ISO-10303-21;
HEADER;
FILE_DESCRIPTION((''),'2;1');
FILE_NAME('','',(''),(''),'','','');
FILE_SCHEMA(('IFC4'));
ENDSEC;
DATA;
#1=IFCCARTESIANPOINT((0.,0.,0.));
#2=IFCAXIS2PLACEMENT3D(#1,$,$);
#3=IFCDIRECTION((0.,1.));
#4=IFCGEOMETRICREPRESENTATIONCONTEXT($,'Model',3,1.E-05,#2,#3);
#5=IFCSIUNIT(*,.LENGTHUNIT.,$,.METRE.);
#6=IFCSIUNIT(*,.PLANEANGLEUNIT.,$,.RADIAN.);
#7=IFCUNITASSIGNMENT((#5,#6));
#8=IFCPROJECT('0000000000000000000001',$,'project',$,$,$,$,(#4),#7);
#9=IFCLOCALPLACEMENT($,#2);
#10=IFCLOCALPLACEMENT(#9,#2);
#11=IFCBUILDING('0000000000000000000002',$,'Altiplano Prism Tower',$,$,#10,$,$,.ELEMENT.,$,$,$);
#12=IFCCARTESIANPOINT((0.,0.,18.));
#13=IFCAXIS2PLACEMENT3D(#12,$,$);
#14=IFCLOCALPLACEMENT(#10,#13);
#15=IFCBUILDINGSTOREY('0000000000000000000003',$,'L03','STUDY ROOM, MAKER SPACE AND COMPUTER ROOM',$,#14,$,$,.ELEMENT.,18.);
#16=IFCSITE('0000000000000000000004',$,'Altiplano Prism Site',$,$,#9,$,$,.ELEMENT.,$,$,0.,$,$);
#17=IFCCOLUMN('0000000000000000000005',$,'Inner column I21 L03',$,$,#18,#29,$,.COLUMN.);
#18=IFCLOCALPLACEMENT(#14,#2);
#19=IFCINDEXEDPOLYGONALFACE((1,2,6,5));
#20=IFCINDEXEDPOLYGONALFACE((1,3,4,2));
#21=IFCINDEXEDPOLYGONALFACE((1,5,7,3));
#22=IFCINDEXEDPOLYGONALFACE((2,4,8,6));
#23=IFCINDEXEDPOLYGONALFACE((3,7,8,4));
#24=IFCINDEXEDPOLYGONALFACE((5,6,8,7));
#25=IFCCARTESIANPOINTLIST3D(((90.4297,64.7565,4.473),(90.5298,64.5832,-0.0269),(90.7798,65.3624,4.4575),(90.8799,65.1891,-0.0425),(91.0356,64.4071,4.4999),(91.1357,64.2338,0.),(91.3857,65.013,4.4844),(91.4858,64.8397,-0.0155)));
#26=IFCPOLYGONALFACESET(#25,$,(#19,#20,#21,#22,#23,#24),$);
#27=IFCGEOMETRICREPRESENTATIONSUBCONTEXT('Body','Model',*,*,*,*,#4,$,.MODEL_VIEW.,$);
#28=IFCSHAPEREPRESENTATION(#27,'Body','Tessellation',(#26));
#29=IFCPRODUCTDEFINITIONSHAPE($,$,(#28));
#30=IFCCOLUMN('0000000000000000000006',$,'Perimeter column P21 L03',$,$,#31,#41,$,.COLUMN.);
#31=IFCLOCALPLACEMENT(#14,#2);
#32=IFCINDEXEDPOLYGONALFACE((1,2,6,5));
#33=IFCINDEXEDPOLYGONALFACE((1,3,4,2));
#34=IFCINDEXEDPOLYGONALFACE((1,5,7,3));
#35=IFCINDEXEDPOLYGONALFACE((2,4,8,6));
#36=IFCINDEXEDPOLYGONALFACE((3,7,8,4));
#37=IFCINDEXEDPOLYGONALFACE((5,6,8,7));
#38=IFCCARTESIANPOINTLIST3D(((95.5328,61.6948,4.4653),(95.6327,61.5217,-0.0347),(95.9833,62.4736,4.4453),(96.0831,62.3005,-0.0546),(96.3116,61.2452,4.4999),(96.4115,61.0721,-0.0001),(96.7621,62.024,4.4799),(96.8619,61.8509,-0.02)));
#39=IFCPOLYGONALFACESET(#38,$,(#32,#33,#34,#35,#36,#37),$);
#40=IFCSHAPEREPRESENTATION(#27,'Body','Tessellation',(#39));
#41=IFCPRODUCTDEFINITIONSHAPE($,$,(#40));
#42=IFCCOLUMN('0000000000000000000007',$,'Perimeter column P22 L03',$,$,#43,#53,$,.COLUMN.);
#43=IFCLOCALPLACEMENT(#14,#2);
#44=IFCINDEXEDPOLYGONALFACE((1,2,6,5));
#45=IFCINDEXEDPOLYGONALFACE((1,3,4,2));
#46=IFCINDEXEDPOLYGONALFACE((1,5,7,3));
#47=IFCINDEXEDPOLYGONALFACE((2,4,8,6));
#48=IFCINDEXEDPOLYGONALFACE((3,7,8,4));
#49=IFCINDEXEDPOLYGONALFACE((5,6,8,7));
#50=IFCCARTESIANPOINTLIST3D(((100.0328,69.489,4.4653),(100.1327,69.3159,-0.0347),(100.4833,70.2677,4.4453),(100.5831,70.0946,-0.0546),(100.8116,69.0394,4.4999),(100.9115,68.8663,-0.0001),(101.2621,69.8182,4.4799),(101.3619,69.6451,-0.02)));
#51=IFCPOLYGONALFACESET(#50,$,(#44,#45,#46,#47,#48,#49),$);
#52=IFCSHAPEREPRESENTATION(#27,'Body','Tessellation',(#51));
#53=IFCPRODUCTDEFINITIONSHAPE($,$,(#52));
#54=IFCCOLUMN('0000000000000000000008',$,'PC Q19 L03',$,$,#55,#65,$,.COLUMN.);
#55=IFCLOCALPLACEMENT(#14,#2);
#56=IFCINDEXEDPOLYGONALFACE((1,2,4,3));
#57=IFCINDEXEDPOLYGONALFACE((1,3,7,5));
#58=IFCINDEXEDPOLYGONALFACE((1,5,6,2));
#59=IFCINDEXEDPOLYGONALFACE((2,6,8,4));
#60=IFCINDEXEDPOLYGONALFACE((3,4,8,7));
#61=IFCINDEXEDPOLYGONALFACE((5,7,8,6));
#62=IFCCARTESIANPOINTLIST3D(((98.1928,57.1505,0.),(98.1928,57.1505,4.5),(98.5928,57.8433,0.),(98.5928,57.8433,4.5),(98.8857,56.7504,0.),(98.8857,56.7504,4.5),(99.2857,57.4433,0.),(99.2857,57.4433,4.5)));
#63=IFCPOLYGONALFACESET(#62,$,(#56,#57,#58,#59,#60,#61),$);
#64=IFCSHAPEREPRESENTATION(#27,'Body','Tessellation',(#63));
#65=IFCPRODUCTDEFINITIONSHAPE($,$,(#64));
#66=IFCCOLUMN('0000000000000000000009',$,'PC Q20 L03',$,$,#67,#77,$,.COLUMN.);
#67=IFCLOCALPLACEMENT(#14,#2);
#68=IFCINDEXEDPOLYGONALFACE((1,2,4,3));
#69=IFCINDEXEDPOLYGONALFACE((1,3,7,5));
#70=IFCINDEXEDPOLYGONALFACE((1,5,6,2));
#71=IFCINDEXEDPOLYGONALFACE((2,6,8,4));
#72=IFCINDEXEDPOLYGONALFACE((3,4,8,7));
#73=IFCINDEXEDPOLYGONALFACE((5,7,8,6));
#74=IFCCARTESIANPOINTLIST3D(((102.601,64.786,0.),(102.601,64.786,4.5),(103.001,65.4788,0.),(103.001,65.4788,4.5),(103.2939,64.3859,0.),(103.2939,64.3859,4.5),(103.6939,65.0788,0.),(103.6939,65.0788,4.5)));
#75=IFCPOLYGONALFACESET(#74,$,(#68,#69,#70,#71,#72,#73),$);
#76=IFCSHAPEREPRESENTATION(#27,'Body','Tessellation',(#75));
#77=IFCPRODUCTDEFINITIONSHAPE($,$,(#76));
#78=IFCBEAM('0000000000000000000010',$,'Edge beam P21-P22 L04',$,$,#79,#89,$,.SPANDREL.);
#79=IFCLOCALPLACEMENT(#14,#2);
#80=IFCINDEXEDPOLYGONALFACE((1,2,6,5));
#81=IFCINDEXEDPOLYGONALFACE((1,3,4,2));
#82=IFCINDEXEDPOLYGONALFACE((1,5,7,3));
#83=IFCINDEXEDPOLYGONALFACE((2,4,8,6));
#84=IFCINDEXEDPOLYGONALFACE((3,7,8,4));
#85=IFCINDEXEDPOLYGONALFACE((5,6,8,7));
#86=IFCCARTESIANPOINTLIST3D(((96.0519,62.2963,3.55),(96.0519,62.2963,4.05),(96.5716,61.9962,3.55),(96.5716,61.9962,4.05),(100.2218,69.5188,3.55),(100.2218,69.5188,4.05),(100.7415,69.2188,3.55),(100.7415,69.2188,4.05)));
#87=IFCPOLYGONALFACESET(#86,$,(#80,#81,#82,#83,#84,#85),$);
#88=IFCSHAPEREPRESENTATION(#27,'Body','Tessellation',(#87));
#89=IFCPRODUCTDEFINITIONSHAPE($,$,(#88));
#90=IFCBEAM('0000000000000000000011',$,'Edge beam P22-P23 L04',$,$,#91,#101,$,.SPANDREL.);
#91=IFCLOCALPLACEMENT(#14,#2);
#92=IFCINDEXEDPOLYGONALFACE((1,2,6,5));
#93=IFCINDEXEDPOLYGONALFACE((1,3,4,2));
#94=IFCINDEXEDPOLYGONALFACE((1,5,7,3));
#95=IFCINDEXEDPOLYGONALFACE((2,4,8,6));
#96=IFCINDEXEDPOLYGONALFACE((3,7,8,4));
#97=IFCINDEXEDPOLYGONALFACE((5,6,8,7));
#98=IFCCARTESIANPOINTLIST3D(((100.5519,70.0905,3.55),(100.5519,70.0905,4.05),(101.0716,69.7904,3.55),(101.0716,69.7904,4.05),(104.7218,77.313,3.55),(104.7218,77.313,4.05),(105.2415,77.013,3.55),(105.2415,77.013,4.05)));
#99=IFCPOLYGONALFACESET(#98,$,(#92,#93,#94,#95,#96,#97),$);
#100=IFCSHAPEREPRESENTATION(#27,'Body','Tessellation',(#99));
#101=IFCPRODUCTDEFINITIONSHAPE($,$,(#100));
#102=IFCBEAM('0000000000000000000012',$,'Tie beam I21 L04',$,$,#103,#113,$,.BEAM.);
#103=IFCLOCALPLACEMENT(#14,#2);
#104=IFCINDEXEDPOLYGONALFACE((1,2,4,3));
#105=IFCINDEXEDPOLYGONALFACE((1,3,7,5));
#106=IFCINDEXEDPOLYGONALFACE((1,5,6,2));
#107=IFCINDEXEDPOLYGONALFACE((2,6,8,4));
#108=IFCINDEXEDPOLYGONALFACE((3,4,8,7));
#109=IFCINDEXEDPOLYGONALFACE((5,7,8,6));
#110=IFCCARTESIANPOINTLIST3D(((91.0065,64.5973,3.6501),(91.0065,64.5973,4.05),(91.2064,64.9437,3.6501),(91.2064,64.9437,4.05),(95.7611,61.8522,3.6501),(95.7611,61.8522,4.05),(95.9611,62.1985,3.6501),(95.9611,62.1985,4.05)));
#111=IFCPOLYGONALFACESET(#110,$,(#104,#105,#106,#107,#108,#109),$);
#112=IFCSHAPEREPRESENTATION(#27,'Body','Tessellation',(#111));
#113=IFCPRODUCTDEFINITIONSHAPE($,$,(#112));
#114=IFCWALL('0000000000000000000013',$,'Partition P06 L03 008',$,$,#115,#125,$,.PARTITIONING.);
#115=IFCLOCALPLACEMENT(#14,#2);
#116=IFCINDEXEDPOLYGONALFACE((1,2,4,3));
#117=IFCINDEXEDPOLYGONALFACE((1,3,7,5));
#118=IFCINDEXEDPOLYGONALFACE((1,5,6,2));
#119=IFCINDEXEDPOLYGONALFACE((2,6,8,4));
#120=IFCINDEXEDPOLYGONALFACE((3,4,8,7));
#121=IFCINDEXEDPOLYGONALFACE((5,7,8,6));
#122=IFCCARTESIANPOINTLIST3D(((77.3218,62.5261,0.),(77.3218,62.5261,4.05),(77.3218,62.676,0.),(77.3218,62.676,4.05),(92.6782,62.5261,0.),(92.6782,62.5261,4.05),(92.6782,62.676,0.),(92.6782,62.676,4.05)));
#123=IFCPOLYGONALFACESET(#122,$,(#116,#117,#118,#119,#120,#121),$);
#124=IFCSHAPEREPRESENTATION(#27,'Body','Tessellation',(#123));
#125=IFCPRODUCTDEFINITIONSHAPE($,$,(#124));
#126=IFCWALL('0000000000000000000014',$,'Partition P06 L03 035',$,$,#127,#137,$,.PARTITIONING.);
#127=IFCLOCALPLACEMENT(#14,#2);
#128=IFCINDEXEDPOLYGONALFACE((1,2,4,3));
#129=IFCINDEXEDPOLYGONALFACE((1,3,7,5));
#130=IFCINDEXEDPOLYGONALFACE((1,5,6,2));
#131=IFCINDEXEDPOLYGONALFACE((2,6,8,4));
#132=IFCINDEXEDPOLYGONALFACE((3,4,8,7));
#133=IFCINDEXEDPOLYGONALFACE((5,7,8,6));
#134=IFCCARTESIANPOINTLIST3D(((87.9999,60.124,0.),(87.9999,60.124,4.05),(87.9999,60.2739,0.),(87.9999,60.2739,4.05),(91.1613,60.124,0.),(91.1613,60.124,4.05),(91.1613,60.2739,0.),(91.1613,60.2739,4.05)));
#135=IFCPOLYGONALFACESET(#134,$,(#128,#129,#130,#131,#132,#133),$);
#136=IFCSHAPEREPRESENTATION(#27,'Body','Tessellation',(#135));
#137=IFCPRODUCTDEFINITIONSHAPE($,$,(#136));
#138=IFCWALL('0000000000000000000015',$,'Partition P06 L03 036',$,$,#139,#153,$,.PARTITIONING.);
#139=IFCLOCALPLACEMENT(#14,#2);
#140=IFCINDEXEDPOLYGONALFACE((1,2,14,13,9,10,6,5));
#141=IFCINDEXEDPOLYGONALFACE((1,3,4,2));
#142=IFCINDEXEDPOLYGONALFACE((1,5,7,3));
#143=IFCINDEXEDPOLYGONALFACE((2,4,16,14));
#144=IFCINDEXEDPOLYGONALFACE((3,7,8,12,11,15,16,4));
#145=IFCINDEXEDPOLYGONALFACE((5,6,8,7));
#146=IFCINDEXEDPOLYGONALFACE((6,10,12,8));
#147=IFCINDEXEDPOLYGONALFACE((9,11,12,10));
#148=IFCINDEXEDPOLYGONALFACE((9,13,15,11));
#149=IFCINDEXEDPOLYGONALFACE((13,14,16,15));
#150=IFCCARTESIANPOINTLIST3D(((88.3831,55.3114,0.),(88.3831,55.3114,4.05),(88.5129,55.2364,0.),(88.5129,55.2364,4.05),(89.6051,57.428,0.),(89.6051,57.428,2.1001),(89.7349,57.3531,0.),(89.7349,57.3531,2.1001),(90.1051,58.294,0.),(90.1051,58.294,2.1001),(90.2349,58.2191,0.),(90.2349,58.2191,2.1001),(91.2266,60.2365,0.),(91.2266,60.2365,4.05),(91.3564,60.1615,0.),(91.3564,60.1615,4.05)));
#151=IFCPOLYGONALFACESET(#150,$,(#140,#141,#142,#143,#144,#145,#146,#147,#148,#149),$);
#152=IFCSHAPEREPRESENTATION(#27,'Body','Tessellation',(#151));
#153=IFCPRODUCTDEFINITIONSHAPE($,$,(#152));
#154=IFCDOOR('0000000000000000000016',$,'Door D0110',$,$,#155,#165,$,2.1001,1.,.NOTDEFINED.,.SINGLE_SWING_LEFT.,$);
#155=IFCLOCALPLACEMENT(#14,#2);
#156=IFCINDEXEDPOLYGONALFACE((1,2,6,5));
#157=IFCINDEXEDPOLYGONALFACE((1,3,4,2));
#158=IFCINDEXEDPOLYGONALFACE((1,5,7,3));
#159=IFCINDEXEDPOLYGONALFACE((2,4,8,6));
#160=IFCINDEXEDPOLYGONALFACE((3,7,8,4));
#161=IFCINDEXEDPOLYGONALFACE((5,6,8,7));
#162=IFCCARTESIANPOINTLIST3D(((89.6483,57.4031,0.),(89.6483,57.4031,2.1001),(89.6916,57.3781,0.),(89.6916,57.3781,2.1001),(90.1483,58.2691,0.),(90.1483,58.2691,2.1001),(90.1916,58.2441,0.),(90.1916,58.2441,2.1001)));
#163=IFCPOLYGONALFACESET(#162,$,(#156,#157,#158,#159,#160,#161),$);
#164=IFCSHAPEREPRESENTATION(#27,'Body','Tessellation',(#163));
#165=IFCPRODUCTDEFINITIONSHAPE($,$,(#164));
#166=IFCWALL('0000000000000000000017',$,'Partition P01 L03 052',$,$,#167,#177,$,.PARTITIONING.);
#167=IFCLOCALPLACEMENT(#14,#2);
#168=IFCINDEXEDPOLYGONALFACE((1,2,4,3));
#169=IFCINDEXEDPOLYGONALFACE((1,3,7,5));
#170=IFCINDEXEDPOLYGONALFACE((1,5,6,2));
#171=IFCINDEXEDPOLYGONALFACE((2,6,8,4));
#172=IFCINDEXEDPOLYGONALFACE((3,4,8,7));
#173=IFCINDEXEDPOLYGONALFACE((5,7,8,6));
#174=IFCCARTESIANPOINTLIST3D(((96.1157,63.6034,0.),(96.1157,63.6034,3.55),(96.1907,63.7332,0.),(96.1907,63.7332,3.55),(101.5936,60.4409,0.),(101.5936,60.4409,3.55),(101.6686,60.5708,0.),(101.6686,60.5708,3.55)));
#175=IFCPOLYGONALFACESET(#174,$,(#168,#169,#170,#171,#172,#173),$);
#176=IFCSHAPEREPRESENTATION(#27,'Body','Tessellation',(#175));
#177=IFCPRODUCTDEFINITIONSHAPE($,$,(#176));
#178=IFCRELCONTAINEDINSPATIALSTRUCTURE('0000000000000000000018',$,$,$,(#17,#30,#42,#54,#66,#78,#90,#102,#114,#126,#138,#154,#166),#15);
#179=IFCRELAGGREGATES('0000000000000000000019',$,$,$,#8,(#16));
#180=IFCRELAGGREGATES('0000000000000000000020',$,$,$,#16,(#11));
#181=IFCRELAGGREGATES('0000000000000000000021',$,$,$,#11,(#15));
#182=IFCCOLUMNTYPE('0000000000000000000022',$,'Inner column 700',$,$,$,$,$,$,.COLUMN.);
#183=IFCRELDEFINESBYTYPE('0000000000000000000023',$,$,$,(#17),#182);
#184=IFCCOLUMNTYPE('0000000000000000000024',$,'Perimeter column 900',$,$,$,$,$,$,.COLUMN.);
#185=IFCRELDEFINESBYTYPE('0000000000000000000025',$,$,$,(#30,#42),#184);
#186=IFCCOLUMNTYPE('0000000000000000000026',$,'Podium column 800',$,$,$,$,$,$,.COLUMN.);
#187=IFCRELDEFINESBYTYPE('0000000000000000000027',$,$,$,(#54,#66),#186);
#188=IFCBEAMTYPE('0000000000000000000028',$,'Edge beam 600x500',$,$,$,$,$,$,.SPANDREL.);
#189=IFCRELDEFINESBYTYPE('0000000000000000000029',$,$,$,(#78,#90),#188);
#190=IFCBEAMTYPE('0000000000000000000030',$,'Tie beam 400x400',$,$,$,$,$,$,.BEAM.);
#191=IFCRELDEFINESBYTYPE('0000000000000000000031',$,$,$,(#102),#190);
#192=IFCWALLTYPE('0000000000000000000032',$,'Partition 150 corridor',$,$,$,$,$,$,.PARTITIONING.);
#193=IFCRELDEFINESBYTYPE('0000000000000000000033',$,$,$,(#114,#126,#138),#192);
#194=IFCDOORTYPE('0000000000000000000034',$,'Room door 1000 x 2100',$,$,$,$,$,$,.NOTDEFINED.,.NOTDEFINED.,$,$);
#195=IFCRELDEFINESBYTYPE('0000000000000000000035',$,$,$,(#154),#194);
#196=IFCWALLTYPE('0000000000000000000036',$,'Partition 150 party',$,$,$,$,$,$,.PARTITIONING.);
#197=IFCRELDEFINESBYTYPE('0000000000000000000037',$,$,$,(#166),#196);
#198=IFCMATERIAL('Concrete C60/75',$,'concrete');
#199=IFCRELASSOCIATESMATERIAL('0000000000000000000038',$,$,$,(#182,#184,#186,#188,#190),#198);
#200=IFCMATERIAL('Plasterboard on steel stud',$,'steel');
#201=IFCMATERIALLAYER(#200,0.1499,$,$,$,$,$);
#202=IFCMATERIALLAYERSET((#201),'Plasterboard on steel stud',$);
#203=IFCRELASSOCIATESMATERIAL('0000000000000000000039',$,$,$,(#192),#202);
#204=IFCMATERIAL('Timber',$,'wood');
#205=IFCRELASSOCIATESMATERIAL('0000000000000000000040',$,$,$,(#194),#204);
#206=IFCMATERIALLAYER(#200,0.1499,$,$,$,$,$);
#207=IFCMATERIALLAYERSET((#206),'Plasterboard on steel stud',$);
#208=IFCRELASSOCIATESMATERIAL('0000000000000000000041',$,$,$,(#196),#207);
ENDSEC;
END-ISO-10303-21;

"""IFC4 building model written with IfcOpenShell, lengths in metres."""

from ifc_helpers import new_model, si_unit, direction, frame, frame_2d, origin, origin_2d, place, context, subcontext, project, spatial, rectangle, extrude, material, layer, layer_set, material_profile, profile_set, type_object, element, fill, save


model = new_model("IFC4")

# Units and contexts
model_context = context("Model", 3, precision=1e-05, world=origin(), true_north=direction((0.0, 1.0)))
body_context = subcontext(model_context, "Body", "Model", "MODEL_VIEW")
ifc_project = project(units=[si_unit("LENGTHUNIT", "METRE"), si_unit("PLANEANGLEUNIT", "RADIAN")], contexts=[model_context])

# Site, building, storey
site_placement = place(None, origin())
site = spatial("IfcSite", under=ifc_project, at=site_placement, Name="Altiplano Prism Site", CompositionType="ELEMENT", RefElevation=0.0)
building_placement = place(site_placement, origin())
building = spatial("IfcBuilding", under=site, at=building_placement, Name="Altiplano Prism Tower", CompositionType="ELEMENT")
storey_placement = place(building_placement, frame((0.0, 0.0, 18.0)))
storey = spatial("IfcBuildingStorey", under=building, at=storey_placement, Name="L03", Description="STUDY ROOM, MAKER SPACE AND COMPUTER ROOM", CompositionType="ELEMENT", Elevation=18.0)

# Columns
ifc_material_1 = material(Name="Concrete C60/75", Category="concrete")
ifc_material_profile_1 = material_profile(ifc_material_1, rectangle(XDim=0.7, YDim=0.7, at=origin_2d()), Name="Inner column 700")
ifc_profile_set_1 = profile_set([ifc_material_profile_1], Name="Concrete C60/75")
column_type_1 = type_object("IfcColumnType", Name="Inner column 700", PredefinedType="COLUMN", material=ifc_profile_set_1)
column_placement = place(storey_placement, frame((91.0078, 64.7114, -0.0212), z_axis=(-0.022222, 0.038482, 0.999012), x_axis=(-0.500172, -0.865641, 0.022219)))
element("IfcColumn", 1, at=column_placement, inside=storey, type_object=column_type_1, Name="Inner column I21 L03", PredefinedType="COLUMN", context=body_context, shape_type="SweptSolid", body=[
    extrude(rectangle(XDim=0.7, YDim=0.7, at=origin_2d()), origin(), (0.0, 0.0, 1.0), 4.5044),
])
ifc_material_profile_2 = material_profile(ifc_material_1, rectangle(XDim=0.8999, YDim=0.8999, at=origin_2d()), Name="Perimeter column 900")
ifc_profile_set_2 = profile_set([ifc_material_profile_2], Name="Concrete C60/75")
column_type_2 = type_object("IfcColumnType", Name="Perimeter column 900", PredefinedType="COLUMN", material=ifc_profile_set_2)
for number, where, z_axis, x_axis, name in (
    (2, (96.2473, 61.6863, -0.0273), (-0.022168, 0.038428, 0.999015), (-0.500558, -0.865419, 0.022182), "Perimeter column P21 L03"),
    (3, (100.7473, 69.4805, -0.0273), (-0.022168, 0.038428, 0.999015), (-0.500564, -0.865416, 0.022181), "Perimeter column P22 L03"),
):
    element("IfcColumn", number, at=place(storey_placement, frame(where, z_axis=z_axis, x_axis=x_axis)), inside=storey, type_object=column_type_2, Name=name, PredefinedType="COLUMN", context=body_context, shape_type="SweptSolid", body=[
        extrude(rectangle(XDim=0.8999, YDim=0.8999, at=origin_2d()), origin(), (0.0, 0.0, 1.0), 4.5044),
    ])
ifc_material_profile_3 = material_profile(ifc_material_1, rectangle(XDim=0.8, YDim=0.8, at=origin_2d()), Name="Podium column 800")
ifc_profile_set_3 = profile_set([ifc_material_profile_3], Name="Concrete C60/75")
column_type_3 = type_object("IfcColumnType", Name="Podium column 800", PredefinedType="COLUMN", material=ifc_profile_set_3)
for number, where, z_axis, x_axis, name in (
    (4, (98.7393, 57.2969, 0.0), (0.0, 0.0, 1.0), (0.5, 0.866025, 0.0), "PC Q19 L03"),
    (5, (103.1475, 64.9324, 0.0), (0.0, 0.0, 1.0), (0.5, 0.866025, 0.0), "PC Q20 L03"),
):
    element("IfcColumn", number, at=place(storey_placement, frame(where, z_axis=z_axis, x_axis=x_axis)), inside=storey, type_object=column_type_3, Name=name, PredefinedType="COLUMN", context=body_context, shape_type="SweptSolid", body=[
        extrude(rectangle(XDim=0.8, YDim=0.8, at=origin_2d()), origin(), (0.0, 0.0, 1.0), 4.5),
    ])

# Beams
ifc_material_profile_4 = material_profile(ifc_material_1, rectangle(XDim=0.6001, YDim=0.5, at=origin_2d()), Name="Edge beam 600x500")
ifc_profile_set_4 = profile_set([ifc_material_profile_4], Name="Concrete C60/75")
beam_type_1 = type_object("IfcBeamType", Name="Edge beam 600x500", PredefinedType="SPANDREL", material=ifc_profile_set_4)
for number, where, z_axis, x_axis, name in (
    (6, (96.3118, 62.1462, 3.8), (0.499993, 0.86603, 0.0), (-0.86603, 0.499993, 0.0), "Edge beam P21-P22 L04"),
    (7, (100.8118, 69.9404, 3.8), (0.499993, 0.86603, 0.0), (-0.86603, 0.499993, 0.0), "Edge beam P22-P23 L04"),
):
    element("IfcBeam", number, at=place(storey_placement, frame(where, z_axis=z_axis, x_axis=x_axis)), inside=storey, type_object=beam_type_1, Name=name, PredefinedType="SPANDREL", context=body_context, shape_type="SweptSolid", body=[
        extrude(rectangle(XDim=0.6001, YDim=0.5, at=origin_2d()), origin(), (0.0, 0.0, 1.0), 8.3398),
    ])
ifc_material_profile_5 = material_profile(ifc_material_1, rectangle(XDim=0.3999, YDim=0.3999, at=origin_2d()), Name="Tie beam 400x400")
ifc_profile_set_5 = profile_set([ifc_material_profile_5], Name="Concrete C60/75")
beam_type_2 = type_object("IfcBeamType", Name="Tie beam 400x400", PredefinedType="BEAM", material=ifc_profile_set_5)
beam_placement = place(storey_placement, frame((91.1064, 64.7705, 3.8501), z_axis=(0.866023, -0.500003, 0.0), x_axis=(0.500003, 0.866023, 0.0)))
element("IfcBeam", 8, at=beam_placement, inside=storey, type_object=beam_type_2, Name="Tie beam I21 L04", PredefinedType="BEAM", context=body_context, shape_type="SweptSolid", body=[
    extrude(rectangle(XDim=0.3999, YDim=0.3999, at=origin_2d()), origin(), (0.0, 0.0, 1.0), 5.4902),
])

# Walls
ifc_material_2 = material(Name="Plasterboard on steel stud", Category="steel")
ifc_layer_1 = layer(ifc_material_2, 0.1499)
ifc_layer_set_1 = layer_set([ifc_layer_1], Name="Plasterboard on steel stud")
wall_type_1 = type_object("IfcWallType", Name="Partition 150 corridor", PredefinedType="PARTITIONING", material=ifc_layer_set_1)
wall_1_placement = place(storey_placement, frame((92.6782, 62.6011, 0.0), z_axis=(0.0, 0.0, 1.0), x_axis=(-1.0, 0.0, 0.0)))
element("IfcWall", 9, at=wall_1_placement, inside=storey, type_object=wall_type_1, Name="Partition P06 L03 008", PredefinedType="PARTITIONING", context=body_context, shape_type="SweptSolid", body=[
    extrude(rectangle(XDim=15.3564, YDim=0.1499, at=frame_2d((7.6782, 0.0))), origin(), (0.0, 0.0, 1.0), 4.05),
])
wall_2_placement = place(storey_placement, frame((88.0, 60.199, 0.0), z_axis=(0.0, 0.0, 1.0), x_axis=(1.0, 0.0, 0.0)))
element("IfcWall", 10, at=wall_2_placement, inside=storey, type_object=wall_type_1, Name="Partition P06 L03 035", PredefinedType="PARTITIONING", context=body_context, shape_type="SweptSolid", body=[
    extrude(rectangle(XDim=3.1614, YDim=0.1499, at=frame_2d((1.5806, 0.0))), origin(), (0.0, 0.0, 1.0), 4.05),
])

# Wall, opening, door
wall_3_placement = place(storey_placement, frame((91.2915, 60.199, 0.0), z_axis=(0.0, 0.0, 1.0), x_axis=(-0.500004, -0.866023, 0.0)))
wall_3 = element("IfcWall", 11, at=wall_3_placement, inside=storey, type_object=wall_type_1, Name="Partition P06 L03 036", PredefinedType="PARTITIONING", context=body_context, shape_type="SweptSolid", body=[
    extrude(rectangle(XDim=5.687, YDim=0.1499, at=frame_2d((2.8435, 0.0))), origin(), (0.0, 0.0, 1.0), 4.05),
])
opening_placement = place(wall_3_placement, frame((2.2429, 0.0, 0.0)))
opening = element("IfcOpeningElement", 12, at=opening_placement, cuts=wall_3, PredefinedType="OPENING", context=body_context, shape_type="SweptSolid", body=[
    extrude(rectangle(XDim=1.0, YDim=2.1001, at=frame_2d((0.5, 1.05))), frame((0.0, 0.0854, 0.0), z_axis=(0.0, -1.0, 0.0), x_axis=(1.0, 0.0, 0.0)), (0.0, 0.0, 1.0), 0.1709),
])
ifc_material_3 = material(Name="Timber", Category="wood")
door_type = type_object("IfcDoorType", Name="Room door 1000 x 2100", OperationType="NOTDEFINED", PredefinedType="NOTDEFINED", material=ifc_material_3)
door_placement = place(opening_placement, origin())
door = element("IfcDoor", 13, at=door_placement, inside=storey, type_object=door_type, Name="Door D0110", OperationType="SINGLE_SWING_LEFT", OverallHeight=2.1001, OverallWidth=1.0, PredefinedType="NOTDEFINED", context=body_context, shape_type="SweptSolid", body=[
    extrude(rectangle(XDim=1.0, YDim=2.1001, at=frame_2d((0.5, 1.05))), frame((0.0, 0.0249, 0.0), z_axis=(0.0, -1.0, 0.0), x_axis=(1.0, 0.0, 0.0)), (0.0, 0.0, 1.0), 0.05),
])
fill(opening, door)

# Wall
ifc_layer_2 = layer(ifc_material_2, 0.1499)
ifc_layer_set_2 = layer_set([ifc_layer_2], Name="Plasterboard on steel stud")
wall_type_2 = type_object("IfcWallType", Name="Partition 150 party", PredefinedType="PARTITIONING", material=ifc_layer_set_2)
for number, where, z_axis, x_axis, name in (
    (14, (101.6311, 60.5059, 0.0), (0.0, 0.0, 1.0), (-0.866042, 0.499971, 0.0), "Partition P01 L03 052"),
):
    element("IfcWall", number, at=place(storey_placement, frame(where, z_axis=z_axis, x_axis=x_axis)), inside=storey, type_object=wall_type_2, Name=name, PredefinedType="PARTITIONING", context=body_context, shape_type="SweptSolid", body=[
        extrude(rectangle(XDim=6.3252, YDim=0.1499, at=frame_2d((3.1626, 0.0))), origin(), (0.0, 0.0, 1.0), 3.55),
    ])

save(model, "model.ifc")
